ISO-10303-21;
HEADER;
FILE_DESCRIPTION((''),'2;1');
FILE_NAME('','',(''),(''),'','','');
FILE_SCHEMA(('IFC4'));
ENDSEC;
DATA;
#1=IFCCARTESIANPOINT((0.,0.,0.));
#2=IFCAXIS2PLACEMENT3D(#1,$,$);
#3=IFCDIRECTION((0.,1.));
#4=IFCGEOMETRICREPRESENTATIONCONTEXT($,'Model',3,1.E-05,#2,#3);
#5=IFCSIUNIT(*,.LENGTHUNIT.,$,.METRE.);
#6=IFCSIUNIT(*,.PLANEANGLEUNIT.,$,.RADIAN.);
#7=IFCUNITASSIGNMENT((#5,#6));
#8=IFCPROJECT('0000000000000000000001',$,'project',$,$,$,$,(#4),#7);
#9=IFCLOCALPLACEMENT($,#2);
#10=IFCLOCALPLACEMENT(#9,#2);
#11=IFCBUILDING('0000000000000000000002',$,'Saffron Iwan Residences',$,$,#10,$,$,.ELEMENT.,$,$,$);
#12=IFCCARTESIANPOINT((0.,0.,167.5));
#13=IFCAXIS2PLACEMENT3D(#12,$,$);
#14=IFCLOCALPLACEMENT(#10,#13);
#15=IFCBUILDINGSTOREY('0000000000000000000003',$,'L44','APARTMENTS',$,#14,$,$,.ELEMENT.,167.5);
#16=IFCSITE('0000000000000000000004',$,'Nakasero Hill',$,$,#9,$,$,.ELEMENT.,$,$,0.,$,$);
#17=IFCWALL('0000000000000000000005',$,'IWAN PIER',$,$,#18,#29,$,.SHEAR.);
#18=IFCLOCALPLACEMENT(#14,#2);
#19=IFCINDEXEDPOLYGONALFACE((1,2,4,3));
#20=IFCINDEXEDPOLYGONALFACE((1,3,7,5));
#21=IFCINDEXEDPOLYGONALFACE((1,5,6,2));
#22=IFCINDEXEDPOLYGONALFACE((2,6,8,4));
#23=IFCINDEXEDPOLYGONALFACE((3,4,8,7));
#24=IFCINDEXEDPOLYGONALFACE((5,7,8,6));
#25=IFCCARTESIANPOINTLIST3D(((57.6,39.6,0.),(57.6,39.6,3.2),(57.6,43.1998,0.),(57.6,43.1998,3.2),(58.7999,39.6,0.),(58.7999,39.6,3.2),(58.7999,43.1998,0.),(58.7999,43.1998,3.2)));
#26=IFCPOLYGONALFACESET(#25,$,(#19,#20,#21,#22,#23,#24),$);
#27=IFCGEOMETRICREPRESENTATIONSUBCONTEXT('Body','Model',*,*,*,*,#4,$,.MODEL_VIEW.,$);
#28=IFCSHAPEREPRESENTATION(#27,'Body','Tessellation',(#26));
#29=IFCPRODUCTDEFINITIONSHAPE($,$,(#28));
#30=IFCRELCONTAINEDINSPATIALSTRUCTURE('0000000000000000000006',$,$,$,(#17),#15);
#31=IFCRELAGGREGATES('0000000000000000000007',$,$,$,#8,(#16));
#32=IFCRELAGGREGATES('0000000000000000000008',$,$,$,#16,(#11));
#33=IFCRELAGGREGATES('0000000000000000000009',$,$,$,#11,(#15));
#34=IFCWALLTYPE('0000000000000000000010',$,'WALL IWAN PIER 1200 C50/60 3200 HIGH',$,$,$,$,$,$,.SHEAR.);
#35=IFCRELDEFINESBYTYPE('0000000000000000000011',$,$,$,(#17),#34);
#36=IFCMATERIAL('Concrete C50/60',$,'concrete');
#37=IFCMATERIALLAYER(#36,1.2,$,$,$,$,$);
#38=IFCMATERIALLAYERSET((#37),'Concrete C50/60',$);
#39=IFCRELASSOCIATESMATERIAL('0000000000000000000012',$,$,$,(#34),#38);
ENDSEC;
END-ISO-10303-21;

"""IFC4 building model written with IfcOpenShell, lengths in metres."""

from ifc_helpers import new_model, si_unit, direction, frame, frame_2d, origin, place, context, subcontext, project, spatial, rectangle, extrude, material, layer, layer_set, type_object, element, save


model = new_model("IFC4")

# Units and contexts
model_context = context("Model", 3, precision=1e-05, world=origin(), true_north=direction((0.0, 1.0)))
body_context = subcontext(model_context, "Body", "Model", "MODEL_VIEW")
ifc_project = project(units=[si_unit("LENGTHUNIT", "METRE"), si_unit("PLANEANGLEUNIT", "RADIAN")], contexts=[model_context])

# Site, building, storey
site_placement = place(None, origin())
site = spatial("IfcSite", under=ifc_project, at=site_placement, Name="Nakasero Hill", CompositionType="ELEMENT", RefElevation=0.0)
building_placement = place(site_placement, origin())
building = spatial("IfcBuilding", under=site, at=building_placement, Name="Saffron Iwan Residences", CompositionType="ELEMENT")
storey_placement = place(building_placement, frame((0.0, 0.0, 167.5)))
storey = spatial("IfcBuildingStorey", under=building, at=storey_placement, Name="L44", Description="APARTMENTS", CompositionType="ELEMENT", Elevation=167.5)

# Shared definitions
ifc_material_1 = material(Name="Concrete C50/60", Category="concrete")

# Wall
ifc_layer_1 = layer(ifc_material_1, 1.2)
ifc_layer_set_1 = layer_set([ifc_layer_1], Name="Concrete C50/60")
wall_type_1 = type_object("IfcWallType", Name="WALL IWAN PIER 1200 C50/60 3200 HIGH", PredefinedType="SHEAR", material=ifc_layer_set_1)
wall_1_placement = place(storey_placement, frame((58.2, 39.6001, 0.0), z_axis=(0.0, 0.0, 1.0), x_axis=(0.0, 1.0, 0.0)))
element("IfcWall", 1, at=wall_1_placement, inside=storey, type_object=wall_type_1, Name="IWAN PIER", PredefinedType="SHEAR", context=body_context, shape_type="SweptSolid", body=[
    extrude(rectangle(XDim=3.5999, YDim=1.2, at=frame_2d((1.7998, 0.0))), origin(), (0.0, 0.0, 1.0), 3.2),
])

save(model, "model.ifc")
